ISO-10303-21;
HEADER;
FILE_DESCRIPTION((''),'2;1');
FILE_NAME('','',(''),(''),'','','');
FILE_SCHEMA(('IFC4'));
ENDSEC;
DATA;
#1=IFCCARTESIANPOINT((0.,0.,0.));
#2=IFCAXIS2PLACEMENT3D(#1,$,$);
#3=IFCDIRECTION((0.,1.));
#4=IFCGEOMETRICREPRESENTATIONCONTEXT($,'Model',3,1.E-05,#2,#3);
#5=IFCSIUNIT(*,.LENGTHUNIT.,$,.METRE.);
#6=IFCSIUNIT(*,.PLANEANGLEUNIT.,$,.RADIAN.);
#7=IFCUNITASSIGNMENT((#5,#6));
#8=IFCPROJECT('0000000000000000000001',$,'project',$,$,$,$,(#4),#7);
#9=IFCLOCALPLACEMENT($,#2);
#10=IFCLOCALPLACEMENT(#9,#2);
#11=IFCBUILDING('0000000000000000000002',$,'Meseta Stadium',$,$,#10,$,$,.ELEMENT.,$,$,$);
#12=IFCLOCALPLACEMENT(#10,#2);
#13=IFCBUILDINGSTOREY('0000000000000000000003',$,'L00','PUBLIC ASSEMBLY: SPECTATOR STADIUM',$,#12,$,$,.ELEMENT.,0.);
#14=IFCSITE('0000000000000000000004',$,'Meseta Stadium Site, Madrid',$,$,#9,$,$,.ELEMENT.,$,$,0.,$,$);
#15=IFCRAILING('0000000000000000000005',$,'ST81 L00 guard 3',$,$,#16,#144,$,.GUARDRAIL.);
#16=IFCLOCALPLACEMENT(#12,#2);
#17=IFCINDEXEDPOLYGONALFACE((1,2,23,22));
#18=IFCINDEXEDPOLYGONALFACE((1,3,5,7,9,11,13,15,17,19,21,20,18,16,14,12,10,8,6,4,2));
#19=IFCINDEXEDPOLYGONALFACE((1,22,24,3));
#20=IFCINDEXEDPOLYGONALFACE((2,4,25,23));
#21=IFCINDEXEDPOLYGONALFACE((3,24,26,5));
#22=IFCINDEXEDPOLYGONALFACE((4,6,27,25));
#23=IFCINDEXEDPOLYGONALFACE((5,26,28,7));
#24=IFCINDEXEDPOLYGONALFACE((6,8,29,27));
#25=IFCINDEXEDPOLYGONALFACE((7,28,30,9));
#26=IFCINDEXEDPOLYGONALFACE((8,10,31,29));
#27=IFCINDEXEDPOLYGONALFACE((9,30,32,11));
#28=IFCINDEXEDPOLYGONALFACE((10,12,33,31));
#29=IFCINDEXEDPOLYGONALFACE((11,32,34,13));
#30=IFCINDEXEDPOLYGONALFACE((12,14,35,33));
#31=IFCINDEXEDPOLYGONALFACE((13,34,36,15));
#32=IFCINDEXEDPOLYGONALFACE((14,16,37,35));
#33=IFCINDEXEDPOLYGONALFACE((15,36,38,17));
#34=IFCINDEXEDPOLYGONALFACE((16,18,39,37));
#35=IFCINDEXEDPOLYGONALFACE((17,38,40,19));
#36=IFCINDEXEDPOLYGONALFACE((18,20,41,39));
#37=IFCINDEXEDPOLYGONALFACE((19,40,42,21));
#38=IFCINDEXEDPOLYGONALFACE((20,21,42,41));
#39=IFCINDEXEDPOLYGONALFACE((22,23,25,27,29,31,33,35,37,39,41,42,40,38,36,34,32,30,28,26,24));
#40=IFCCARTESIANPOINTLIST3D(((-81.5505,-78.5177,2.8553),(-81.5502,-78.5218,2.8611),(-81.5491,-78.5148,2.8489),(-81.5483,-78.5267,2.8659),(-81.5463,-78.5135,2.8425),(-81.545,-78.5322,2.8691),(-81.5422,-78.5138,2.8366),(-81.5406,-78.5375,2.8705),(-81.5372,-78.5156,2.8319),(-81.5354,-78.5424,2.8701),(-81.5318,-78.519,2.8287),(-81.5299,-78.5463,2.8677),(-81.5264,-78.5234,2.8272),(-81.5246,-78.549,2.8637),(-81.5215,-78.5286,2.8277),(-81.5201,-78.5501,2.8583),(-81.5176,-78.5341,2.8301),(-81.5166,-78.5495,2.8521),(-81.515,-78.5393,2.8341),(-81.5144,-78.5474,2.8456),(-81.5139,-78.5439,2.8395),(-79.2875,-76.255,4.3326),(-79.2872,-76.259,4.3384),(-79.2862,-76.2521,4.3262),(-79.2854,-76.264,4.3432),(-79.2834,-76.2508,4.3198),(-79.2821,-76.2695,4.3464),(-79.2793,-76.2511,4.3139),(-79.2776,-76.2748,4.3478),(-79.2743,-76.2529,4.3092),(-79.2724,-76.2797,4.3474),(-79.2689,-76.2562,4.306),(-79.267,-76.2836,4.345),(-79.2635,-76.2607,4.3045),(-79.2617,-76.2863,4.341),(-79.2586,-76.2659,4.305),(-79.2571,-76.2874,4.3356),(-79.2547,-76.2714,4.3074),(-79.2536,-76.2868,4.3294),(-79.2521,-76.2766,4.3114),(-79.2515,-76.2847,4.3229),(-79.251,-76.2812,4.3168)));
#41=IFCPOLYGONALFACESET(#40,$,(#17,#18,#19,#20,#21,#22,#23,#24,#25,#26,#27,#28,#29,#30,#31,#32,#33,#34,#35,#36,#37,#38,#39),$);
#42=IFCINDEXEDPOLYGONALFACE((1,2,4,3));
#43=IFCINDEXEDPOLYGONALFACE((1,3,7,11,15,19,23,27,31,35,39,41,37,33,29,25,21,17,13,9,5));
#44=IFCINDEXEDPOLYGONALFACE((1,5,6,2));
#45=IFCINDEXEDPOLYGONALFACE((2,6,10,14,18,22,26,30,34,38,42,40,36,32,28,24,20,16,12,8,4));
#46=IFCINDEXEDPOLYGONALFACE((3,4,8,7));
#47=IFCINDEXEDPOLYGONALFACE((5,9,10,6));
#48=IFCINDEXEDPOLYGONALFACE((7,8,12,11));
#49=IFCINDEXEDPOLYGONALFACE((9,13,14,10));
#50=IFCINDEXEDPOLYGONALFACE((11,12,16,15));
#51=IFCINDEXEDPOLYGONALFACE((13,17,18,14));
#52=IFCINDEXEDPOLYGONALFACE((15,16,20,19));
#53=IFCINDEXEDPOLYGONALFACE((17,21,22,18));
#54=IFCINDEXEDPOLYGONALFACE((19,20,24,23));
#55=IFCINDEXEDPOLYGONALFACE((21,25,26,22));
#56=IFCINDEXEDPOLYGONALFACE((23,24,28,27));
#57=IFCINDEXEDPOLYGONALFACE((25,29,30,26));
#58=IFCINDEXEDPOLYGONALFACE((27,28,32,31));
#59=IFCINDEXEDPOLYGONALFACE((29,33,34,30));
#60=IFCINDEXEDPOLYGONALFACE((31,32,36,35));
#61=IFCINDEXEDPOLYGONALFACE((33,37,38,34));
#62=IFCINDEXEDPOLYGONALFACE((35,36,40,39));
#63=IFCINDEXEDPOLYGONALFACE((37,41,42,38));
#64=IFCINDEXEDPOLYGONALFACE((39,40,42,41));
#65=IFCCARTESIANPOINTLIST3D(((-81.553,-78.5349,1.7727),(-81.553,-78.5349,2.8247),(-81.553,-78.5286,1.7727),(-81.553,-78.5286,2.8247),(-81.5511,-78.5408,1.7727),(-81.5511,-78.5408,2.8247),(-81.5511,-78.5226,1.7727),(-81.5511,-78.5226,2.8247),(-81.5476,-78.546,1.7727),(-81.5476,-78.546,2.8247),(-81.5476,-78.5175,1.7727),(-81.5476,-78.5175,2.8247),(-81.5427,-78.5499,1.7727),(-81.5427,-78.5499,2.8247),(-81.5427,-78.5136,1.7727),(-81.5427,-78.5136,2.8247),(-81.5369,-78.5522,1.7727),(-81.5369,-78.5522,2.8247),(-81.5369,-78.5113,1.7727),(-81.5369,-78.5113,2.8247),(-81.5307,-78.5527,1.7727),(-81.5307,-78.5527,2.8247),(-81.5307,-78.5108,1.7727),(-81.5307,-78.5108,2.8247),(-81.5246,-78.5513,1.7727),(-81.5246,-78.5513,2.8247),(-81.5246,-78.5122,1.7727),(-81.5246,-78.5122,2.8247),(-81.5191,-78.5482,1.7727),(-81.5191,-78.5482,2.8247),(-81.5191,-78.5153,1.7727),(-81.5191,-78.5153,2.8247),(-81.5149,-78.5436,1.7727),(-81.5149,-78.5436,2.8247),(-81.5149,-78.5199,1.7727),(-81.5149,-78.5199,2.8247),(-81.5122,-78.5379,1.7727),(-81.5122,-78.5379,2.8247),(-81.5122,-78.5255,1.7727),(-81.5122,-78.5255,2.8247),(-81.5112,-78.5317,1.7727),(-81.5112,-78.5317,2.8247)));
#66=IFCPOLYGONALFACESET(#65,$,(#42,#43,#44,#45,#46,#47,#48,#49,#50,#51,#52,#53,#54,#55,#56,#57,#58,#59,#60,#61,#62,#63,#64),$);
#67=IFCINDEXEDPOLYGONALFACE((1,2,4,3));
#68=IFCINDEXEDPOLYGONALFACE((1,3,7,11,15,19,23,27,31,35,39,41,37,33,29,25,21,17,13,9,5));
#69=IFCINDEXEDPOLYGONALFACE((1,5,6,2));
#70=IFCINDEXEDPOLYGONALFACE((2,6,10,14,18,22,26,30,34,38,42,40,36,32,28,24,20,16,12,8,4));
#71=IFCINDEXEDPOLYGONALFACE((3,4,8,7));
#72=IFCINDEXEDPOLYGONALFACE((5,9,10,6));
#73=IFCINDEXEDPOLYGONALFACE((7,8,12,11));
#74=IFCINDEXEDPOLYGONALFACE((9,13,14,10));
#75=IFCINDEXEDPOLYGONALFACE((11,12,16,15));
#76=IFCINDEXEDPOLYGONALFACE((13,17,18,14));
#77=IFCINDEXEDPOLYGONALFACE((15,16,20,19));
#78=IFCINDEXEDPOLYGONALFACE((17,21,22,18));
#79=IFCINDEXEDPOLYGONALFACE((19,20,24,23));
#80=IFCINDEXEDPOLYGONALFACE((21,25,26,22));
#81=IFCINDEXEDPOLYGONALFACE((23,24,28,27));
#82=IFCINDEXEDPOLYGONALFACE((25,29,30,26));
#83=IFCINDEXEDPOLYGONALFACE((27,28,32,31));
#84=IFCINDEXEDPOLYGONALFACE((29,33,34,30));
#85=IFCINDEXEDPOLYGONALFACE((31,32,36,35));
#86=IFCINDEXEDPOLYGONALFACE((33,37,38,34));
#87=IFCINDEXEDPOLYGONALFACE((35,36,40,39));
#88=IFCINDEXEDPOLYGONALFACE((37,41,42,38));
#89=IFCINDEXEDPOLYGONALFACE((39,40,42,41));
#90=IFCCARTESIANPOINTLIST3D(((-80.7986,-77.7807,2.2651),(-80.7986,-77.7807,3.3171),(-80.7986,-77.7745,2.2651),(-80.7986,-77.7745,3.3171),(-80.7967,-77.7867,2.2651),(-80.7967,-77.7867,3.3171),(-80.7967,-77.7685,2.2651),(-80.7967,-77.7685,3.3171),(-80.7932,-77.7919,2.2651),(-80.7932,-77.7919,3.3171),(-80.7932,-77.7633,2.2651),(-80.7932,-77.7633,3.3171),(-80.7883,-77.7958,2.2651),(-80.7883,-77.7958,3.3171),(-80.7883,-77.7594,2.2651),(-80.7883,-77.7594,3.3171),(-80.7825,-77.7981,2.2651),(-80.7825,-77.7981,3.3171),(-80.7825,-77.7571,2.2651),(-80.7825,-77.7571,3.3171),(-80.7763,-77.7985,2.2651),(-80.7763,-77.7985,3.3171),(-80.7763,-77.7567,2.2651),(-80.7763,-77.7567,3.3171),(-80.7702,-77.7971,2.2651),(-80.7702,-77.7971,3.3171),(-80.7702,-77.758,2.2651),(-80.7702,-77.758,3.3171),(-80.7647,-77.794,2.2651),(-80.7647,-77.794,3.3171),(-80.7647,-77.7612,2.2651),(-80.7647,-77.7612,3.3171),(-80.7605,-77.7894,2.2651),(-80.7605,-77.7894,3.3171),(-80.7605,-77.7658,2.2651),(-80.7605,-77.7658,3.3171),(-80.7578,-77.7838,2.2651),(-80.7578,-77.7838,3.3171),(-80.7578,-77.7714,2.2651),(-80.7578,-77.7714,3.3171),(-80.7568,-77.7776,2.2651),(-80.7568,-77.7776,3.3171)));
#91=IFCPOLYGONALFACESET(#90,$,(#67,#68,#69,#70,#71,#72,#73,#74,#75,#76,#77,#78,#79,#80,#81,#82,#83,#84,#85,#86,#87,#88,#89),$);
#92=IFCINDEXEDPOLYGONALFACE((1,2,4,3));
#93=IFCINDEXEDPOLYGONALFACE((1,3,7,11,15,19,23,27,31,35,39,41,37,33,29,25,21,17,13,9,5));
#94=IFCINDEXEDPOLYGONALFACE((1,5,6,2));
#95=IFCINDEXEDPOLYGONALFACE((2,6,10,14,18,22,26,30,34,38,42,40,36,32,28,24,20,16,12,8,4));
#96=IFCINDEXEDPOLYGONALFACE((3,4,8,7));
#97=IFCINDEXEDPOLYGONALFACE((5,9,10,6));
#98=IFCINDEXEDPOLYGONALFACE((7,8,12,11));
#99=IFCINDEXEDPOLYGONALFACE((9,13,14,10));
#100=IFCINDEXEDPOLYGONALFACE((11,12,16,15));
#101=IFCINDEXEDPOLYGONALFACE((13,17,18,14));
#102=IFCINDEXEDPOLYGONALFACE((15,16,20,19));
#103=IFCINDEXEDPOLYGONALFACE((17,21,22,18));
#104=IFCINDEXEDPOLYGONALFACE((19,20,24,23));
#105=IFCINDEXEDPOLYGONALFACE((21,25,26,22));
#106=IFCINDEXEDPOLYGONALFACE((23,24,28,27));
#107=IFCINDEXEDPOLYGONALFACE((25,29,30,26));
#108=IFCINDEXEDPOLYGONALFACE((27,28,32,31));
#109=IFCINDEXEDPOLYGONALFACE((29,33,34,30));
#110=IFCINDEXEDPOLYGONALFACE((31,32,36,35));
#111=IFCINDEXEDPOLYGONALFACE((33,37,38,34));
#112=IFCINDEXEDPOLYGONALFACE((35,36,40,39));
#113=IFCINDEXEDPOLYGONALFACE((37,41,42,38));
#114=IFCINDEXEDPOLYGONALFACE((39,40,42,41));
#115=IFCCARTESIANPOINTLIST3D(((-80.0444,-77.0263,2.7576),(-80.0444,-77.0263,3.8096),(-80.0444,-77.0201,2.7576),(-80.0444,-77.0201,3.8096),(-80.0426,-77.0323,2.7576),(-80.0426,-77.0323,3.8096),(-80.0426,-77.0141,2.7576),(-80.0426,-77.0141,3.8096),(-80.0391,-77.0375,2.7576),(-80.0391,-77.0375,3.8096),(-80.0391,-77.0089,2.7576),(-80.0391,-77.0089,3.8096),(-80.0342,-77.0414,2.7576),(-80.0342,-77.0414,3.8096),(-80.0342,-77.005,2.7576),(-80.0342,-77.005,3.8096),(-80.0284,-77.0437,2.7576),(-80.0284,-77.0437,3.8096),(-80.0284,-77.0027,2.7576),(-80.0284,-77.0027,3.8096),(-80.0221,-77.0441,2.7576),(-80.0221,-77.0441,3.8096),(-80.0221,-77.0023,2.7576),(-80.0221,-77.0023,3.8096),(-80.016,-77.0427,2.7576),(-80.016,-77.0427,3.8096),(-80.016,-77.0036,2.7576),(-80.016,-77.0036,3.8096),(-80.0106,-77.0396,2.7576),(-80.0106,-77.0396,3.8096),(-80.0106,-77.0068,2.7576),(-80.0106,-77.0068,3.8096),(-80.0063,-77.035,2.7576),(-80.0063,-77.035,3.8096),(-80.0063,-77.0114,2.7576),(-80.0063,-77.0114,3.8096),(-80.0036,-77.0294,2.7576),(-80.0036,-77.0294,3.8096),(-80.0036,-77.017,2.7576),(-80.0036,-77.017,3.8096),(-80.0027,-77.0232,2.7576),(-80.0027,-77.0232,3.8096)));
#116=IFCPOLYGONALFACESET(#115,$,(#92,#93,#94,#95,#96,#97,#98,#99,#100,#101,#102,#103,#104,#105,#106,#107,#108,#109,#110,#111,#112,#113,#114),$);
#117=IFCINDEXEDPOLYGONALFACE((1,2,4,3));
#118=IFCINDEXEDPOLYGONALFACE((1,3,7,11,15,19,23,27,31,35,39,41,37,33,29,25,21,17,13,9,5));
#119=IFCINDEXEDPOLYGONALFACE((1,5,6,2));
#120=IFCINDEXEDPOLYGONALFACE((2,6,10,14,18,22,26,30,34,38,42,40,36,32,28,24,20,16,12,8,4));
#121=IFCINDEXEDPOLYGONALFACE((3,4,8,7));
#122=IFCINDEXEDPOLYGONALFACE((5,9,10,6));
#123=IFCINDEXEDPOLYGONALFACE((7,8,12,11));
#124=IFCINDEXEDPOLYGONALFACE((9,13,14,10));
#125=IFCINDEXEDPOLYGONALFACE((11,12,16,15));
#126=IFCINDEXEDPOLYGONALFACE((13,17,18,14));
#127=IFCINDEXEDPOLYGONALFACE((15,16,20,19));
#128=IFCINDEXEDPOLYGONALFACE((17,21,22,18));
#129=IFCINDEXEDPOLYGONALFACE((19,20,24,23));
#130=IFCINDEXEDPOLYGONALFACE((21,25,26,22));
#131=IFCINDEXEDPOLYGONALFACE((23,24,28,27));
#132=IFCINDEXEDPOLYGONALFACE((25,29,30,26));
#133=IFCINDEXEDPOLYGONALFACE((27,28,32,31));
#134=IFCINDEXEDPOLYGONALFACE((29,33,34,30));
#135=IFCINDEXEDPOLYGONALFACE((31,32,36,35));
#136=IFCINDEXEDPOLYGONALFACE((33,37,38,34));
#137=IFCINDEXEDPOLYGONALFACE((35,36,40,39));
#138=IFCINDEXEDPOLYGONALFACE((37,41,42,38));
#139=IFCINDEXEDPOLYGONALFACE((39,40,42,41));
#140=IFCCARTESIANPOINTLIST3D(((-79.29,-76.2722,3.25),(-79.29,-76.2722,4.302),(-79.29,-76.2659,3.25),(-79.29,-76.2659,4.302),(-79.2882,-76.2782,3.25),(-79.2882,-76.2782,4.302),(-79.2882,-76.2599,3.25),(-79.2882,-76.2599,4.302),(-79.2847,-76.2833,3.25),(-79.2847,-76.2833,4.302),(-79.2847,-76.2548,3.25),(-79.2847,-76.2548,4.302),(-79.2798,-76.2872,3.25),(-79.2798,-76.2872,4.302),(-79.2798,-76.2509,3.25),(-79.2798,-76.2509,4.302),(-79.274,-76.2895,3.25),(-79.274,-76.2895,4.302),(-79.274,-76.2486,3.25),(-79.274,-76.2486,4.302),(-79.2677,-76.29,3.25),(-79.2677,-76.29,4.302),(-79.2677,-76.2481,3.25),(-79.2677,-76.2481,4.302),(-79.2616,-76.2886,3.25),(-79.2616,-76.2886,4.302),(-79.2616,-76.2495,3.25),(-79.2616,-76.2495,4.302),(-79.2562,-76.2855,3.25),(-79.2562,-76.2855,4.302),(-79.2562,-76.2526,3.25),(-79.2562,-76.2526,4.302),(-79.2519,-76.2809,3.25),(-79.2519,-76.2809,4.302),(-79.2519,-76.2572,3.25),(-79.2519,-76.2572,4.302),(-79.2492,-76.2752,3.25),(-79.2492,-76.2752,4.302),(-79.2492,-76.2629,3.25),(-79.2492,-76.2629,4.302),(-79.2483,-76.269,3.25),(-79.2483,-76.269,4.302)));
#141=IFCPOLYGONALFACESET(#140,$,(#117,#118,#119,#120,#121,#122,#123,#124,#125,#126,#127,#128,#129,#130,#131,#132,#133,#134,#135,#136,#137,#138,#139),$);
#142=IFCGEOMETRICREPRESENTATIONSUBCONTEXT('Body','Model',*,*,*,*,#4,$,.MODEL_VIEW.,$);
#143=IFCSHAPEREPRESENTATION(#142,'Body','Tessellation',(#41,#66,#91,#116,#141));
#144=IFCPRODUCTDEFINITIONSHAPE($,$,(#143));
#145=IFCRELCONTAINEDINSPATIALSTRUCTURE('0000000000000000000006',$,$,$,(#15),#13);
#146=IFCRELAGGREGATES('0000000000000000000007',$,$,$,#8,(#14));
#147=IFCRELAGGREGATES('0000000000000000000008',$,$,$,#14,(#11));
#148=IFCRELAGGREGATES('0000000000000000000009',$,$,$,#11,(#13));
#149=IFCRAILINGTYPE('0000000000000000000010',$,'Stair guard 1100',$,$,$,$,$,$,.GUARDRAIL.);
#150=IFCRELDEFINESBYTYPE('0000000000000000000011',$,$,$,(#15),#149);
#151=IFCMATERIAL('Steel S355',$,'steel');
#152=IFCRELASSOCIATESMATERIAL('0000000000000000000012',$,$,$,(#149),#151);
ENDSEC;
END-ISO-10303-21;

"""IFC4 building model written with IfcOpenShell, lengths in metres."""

from ifc_helpers import new_model, si_unit, direction, frame, origin, origin_2d, place, context, subcontext, project, spatial, circle, extrude, material, type_object, element, save


model = new_model("IFC4")

# Units and contexts
model_context = context("Model", 3, precision=1e-05, world=origin(), true_north=direction((0.0, 1.0)))
body_context = subcontext(model_context, "Body", "Model", "MODEL_VIEW")
ifc_project = project(units=[si_unit("LENGTHUNIT", "METRE"), si_unit("PLANEANGLEUNIT", "RADIAN")], contexts=[model_context])

# Site, building, storey
site_placement = place(None, origin())
site = spatial("IfcSite", under=ifc_project, at=site_placement, Name="Meseta Stadium Site, Madrid", CompositionType="ELEMENT", RefElevation=0.0)
building_placement = place(site_placement, origin())
building = spatial("IfcBuilding", under=site, at=building_placement, Name="Meseta Stadium", CompositionType="ELEMENT")
storey_placement = place(building_placement, origin())
storey = spatial("IfcBuildingStorey", under=building, at=storey_placement, Name="L00", Description="PUBLIC ASSEMBLY: SPECTATOR STADIUM", CompositionType="ELEMENT", Elevation=0.0)

# Railing
ifc_material_1 = material(Name="Steel S355", Category="steel")
railing_type_1 = type_object("IfcRailingType", Name="Stair guard 1100", PredefinedType="GUARDRAIL", material=ifc_material_1)
railing_1_placement = place(storey_placement, frame((-81.5322, -78.5317, 1.7727)))
element("IfcRailing", 1, at=railing_1_placement, inside=storey, type_object=railing_type_1, Name="ST81 L00 guard 3", PredefinedType="GUARDRAIL", context=body_context, shape_type="SweptSolid", body=[
    extrude(circle(Radius=0.0239, at=origin_2d()), frame((0.0, 0.0, 1.0762), z_axis=(0.642034, 0.641965, 0.419134), x_axis=(-0.707069, 0.707145, 0.0)), (0.0, 0.0, 1.0), 3.5247),
    extrude(circle(Radius=0.021, at=origin_2d()), origin(), (0.0, 0.0, 1.0), 1.052),
    extrude(circle(Radius=0.021, at=origin_2d()), frame((0.7544, 0.7542, 0.4924)), (0.0, 0.0, 1.0), 1.052),
    extrude(circle(Radius=0.021, at=origin_2d()), frame((1.5085, 1.5085, 0.9849)), (0.0, 0.0, 1.0), 1.052),
    extrude(circle(Radius=0.021, at=origin_2d()), frame((2.2629, 2.2627, 1.4773)), (0.0, 0.0, 1.0), 1.052),
])

save(model, "model.ifc")
